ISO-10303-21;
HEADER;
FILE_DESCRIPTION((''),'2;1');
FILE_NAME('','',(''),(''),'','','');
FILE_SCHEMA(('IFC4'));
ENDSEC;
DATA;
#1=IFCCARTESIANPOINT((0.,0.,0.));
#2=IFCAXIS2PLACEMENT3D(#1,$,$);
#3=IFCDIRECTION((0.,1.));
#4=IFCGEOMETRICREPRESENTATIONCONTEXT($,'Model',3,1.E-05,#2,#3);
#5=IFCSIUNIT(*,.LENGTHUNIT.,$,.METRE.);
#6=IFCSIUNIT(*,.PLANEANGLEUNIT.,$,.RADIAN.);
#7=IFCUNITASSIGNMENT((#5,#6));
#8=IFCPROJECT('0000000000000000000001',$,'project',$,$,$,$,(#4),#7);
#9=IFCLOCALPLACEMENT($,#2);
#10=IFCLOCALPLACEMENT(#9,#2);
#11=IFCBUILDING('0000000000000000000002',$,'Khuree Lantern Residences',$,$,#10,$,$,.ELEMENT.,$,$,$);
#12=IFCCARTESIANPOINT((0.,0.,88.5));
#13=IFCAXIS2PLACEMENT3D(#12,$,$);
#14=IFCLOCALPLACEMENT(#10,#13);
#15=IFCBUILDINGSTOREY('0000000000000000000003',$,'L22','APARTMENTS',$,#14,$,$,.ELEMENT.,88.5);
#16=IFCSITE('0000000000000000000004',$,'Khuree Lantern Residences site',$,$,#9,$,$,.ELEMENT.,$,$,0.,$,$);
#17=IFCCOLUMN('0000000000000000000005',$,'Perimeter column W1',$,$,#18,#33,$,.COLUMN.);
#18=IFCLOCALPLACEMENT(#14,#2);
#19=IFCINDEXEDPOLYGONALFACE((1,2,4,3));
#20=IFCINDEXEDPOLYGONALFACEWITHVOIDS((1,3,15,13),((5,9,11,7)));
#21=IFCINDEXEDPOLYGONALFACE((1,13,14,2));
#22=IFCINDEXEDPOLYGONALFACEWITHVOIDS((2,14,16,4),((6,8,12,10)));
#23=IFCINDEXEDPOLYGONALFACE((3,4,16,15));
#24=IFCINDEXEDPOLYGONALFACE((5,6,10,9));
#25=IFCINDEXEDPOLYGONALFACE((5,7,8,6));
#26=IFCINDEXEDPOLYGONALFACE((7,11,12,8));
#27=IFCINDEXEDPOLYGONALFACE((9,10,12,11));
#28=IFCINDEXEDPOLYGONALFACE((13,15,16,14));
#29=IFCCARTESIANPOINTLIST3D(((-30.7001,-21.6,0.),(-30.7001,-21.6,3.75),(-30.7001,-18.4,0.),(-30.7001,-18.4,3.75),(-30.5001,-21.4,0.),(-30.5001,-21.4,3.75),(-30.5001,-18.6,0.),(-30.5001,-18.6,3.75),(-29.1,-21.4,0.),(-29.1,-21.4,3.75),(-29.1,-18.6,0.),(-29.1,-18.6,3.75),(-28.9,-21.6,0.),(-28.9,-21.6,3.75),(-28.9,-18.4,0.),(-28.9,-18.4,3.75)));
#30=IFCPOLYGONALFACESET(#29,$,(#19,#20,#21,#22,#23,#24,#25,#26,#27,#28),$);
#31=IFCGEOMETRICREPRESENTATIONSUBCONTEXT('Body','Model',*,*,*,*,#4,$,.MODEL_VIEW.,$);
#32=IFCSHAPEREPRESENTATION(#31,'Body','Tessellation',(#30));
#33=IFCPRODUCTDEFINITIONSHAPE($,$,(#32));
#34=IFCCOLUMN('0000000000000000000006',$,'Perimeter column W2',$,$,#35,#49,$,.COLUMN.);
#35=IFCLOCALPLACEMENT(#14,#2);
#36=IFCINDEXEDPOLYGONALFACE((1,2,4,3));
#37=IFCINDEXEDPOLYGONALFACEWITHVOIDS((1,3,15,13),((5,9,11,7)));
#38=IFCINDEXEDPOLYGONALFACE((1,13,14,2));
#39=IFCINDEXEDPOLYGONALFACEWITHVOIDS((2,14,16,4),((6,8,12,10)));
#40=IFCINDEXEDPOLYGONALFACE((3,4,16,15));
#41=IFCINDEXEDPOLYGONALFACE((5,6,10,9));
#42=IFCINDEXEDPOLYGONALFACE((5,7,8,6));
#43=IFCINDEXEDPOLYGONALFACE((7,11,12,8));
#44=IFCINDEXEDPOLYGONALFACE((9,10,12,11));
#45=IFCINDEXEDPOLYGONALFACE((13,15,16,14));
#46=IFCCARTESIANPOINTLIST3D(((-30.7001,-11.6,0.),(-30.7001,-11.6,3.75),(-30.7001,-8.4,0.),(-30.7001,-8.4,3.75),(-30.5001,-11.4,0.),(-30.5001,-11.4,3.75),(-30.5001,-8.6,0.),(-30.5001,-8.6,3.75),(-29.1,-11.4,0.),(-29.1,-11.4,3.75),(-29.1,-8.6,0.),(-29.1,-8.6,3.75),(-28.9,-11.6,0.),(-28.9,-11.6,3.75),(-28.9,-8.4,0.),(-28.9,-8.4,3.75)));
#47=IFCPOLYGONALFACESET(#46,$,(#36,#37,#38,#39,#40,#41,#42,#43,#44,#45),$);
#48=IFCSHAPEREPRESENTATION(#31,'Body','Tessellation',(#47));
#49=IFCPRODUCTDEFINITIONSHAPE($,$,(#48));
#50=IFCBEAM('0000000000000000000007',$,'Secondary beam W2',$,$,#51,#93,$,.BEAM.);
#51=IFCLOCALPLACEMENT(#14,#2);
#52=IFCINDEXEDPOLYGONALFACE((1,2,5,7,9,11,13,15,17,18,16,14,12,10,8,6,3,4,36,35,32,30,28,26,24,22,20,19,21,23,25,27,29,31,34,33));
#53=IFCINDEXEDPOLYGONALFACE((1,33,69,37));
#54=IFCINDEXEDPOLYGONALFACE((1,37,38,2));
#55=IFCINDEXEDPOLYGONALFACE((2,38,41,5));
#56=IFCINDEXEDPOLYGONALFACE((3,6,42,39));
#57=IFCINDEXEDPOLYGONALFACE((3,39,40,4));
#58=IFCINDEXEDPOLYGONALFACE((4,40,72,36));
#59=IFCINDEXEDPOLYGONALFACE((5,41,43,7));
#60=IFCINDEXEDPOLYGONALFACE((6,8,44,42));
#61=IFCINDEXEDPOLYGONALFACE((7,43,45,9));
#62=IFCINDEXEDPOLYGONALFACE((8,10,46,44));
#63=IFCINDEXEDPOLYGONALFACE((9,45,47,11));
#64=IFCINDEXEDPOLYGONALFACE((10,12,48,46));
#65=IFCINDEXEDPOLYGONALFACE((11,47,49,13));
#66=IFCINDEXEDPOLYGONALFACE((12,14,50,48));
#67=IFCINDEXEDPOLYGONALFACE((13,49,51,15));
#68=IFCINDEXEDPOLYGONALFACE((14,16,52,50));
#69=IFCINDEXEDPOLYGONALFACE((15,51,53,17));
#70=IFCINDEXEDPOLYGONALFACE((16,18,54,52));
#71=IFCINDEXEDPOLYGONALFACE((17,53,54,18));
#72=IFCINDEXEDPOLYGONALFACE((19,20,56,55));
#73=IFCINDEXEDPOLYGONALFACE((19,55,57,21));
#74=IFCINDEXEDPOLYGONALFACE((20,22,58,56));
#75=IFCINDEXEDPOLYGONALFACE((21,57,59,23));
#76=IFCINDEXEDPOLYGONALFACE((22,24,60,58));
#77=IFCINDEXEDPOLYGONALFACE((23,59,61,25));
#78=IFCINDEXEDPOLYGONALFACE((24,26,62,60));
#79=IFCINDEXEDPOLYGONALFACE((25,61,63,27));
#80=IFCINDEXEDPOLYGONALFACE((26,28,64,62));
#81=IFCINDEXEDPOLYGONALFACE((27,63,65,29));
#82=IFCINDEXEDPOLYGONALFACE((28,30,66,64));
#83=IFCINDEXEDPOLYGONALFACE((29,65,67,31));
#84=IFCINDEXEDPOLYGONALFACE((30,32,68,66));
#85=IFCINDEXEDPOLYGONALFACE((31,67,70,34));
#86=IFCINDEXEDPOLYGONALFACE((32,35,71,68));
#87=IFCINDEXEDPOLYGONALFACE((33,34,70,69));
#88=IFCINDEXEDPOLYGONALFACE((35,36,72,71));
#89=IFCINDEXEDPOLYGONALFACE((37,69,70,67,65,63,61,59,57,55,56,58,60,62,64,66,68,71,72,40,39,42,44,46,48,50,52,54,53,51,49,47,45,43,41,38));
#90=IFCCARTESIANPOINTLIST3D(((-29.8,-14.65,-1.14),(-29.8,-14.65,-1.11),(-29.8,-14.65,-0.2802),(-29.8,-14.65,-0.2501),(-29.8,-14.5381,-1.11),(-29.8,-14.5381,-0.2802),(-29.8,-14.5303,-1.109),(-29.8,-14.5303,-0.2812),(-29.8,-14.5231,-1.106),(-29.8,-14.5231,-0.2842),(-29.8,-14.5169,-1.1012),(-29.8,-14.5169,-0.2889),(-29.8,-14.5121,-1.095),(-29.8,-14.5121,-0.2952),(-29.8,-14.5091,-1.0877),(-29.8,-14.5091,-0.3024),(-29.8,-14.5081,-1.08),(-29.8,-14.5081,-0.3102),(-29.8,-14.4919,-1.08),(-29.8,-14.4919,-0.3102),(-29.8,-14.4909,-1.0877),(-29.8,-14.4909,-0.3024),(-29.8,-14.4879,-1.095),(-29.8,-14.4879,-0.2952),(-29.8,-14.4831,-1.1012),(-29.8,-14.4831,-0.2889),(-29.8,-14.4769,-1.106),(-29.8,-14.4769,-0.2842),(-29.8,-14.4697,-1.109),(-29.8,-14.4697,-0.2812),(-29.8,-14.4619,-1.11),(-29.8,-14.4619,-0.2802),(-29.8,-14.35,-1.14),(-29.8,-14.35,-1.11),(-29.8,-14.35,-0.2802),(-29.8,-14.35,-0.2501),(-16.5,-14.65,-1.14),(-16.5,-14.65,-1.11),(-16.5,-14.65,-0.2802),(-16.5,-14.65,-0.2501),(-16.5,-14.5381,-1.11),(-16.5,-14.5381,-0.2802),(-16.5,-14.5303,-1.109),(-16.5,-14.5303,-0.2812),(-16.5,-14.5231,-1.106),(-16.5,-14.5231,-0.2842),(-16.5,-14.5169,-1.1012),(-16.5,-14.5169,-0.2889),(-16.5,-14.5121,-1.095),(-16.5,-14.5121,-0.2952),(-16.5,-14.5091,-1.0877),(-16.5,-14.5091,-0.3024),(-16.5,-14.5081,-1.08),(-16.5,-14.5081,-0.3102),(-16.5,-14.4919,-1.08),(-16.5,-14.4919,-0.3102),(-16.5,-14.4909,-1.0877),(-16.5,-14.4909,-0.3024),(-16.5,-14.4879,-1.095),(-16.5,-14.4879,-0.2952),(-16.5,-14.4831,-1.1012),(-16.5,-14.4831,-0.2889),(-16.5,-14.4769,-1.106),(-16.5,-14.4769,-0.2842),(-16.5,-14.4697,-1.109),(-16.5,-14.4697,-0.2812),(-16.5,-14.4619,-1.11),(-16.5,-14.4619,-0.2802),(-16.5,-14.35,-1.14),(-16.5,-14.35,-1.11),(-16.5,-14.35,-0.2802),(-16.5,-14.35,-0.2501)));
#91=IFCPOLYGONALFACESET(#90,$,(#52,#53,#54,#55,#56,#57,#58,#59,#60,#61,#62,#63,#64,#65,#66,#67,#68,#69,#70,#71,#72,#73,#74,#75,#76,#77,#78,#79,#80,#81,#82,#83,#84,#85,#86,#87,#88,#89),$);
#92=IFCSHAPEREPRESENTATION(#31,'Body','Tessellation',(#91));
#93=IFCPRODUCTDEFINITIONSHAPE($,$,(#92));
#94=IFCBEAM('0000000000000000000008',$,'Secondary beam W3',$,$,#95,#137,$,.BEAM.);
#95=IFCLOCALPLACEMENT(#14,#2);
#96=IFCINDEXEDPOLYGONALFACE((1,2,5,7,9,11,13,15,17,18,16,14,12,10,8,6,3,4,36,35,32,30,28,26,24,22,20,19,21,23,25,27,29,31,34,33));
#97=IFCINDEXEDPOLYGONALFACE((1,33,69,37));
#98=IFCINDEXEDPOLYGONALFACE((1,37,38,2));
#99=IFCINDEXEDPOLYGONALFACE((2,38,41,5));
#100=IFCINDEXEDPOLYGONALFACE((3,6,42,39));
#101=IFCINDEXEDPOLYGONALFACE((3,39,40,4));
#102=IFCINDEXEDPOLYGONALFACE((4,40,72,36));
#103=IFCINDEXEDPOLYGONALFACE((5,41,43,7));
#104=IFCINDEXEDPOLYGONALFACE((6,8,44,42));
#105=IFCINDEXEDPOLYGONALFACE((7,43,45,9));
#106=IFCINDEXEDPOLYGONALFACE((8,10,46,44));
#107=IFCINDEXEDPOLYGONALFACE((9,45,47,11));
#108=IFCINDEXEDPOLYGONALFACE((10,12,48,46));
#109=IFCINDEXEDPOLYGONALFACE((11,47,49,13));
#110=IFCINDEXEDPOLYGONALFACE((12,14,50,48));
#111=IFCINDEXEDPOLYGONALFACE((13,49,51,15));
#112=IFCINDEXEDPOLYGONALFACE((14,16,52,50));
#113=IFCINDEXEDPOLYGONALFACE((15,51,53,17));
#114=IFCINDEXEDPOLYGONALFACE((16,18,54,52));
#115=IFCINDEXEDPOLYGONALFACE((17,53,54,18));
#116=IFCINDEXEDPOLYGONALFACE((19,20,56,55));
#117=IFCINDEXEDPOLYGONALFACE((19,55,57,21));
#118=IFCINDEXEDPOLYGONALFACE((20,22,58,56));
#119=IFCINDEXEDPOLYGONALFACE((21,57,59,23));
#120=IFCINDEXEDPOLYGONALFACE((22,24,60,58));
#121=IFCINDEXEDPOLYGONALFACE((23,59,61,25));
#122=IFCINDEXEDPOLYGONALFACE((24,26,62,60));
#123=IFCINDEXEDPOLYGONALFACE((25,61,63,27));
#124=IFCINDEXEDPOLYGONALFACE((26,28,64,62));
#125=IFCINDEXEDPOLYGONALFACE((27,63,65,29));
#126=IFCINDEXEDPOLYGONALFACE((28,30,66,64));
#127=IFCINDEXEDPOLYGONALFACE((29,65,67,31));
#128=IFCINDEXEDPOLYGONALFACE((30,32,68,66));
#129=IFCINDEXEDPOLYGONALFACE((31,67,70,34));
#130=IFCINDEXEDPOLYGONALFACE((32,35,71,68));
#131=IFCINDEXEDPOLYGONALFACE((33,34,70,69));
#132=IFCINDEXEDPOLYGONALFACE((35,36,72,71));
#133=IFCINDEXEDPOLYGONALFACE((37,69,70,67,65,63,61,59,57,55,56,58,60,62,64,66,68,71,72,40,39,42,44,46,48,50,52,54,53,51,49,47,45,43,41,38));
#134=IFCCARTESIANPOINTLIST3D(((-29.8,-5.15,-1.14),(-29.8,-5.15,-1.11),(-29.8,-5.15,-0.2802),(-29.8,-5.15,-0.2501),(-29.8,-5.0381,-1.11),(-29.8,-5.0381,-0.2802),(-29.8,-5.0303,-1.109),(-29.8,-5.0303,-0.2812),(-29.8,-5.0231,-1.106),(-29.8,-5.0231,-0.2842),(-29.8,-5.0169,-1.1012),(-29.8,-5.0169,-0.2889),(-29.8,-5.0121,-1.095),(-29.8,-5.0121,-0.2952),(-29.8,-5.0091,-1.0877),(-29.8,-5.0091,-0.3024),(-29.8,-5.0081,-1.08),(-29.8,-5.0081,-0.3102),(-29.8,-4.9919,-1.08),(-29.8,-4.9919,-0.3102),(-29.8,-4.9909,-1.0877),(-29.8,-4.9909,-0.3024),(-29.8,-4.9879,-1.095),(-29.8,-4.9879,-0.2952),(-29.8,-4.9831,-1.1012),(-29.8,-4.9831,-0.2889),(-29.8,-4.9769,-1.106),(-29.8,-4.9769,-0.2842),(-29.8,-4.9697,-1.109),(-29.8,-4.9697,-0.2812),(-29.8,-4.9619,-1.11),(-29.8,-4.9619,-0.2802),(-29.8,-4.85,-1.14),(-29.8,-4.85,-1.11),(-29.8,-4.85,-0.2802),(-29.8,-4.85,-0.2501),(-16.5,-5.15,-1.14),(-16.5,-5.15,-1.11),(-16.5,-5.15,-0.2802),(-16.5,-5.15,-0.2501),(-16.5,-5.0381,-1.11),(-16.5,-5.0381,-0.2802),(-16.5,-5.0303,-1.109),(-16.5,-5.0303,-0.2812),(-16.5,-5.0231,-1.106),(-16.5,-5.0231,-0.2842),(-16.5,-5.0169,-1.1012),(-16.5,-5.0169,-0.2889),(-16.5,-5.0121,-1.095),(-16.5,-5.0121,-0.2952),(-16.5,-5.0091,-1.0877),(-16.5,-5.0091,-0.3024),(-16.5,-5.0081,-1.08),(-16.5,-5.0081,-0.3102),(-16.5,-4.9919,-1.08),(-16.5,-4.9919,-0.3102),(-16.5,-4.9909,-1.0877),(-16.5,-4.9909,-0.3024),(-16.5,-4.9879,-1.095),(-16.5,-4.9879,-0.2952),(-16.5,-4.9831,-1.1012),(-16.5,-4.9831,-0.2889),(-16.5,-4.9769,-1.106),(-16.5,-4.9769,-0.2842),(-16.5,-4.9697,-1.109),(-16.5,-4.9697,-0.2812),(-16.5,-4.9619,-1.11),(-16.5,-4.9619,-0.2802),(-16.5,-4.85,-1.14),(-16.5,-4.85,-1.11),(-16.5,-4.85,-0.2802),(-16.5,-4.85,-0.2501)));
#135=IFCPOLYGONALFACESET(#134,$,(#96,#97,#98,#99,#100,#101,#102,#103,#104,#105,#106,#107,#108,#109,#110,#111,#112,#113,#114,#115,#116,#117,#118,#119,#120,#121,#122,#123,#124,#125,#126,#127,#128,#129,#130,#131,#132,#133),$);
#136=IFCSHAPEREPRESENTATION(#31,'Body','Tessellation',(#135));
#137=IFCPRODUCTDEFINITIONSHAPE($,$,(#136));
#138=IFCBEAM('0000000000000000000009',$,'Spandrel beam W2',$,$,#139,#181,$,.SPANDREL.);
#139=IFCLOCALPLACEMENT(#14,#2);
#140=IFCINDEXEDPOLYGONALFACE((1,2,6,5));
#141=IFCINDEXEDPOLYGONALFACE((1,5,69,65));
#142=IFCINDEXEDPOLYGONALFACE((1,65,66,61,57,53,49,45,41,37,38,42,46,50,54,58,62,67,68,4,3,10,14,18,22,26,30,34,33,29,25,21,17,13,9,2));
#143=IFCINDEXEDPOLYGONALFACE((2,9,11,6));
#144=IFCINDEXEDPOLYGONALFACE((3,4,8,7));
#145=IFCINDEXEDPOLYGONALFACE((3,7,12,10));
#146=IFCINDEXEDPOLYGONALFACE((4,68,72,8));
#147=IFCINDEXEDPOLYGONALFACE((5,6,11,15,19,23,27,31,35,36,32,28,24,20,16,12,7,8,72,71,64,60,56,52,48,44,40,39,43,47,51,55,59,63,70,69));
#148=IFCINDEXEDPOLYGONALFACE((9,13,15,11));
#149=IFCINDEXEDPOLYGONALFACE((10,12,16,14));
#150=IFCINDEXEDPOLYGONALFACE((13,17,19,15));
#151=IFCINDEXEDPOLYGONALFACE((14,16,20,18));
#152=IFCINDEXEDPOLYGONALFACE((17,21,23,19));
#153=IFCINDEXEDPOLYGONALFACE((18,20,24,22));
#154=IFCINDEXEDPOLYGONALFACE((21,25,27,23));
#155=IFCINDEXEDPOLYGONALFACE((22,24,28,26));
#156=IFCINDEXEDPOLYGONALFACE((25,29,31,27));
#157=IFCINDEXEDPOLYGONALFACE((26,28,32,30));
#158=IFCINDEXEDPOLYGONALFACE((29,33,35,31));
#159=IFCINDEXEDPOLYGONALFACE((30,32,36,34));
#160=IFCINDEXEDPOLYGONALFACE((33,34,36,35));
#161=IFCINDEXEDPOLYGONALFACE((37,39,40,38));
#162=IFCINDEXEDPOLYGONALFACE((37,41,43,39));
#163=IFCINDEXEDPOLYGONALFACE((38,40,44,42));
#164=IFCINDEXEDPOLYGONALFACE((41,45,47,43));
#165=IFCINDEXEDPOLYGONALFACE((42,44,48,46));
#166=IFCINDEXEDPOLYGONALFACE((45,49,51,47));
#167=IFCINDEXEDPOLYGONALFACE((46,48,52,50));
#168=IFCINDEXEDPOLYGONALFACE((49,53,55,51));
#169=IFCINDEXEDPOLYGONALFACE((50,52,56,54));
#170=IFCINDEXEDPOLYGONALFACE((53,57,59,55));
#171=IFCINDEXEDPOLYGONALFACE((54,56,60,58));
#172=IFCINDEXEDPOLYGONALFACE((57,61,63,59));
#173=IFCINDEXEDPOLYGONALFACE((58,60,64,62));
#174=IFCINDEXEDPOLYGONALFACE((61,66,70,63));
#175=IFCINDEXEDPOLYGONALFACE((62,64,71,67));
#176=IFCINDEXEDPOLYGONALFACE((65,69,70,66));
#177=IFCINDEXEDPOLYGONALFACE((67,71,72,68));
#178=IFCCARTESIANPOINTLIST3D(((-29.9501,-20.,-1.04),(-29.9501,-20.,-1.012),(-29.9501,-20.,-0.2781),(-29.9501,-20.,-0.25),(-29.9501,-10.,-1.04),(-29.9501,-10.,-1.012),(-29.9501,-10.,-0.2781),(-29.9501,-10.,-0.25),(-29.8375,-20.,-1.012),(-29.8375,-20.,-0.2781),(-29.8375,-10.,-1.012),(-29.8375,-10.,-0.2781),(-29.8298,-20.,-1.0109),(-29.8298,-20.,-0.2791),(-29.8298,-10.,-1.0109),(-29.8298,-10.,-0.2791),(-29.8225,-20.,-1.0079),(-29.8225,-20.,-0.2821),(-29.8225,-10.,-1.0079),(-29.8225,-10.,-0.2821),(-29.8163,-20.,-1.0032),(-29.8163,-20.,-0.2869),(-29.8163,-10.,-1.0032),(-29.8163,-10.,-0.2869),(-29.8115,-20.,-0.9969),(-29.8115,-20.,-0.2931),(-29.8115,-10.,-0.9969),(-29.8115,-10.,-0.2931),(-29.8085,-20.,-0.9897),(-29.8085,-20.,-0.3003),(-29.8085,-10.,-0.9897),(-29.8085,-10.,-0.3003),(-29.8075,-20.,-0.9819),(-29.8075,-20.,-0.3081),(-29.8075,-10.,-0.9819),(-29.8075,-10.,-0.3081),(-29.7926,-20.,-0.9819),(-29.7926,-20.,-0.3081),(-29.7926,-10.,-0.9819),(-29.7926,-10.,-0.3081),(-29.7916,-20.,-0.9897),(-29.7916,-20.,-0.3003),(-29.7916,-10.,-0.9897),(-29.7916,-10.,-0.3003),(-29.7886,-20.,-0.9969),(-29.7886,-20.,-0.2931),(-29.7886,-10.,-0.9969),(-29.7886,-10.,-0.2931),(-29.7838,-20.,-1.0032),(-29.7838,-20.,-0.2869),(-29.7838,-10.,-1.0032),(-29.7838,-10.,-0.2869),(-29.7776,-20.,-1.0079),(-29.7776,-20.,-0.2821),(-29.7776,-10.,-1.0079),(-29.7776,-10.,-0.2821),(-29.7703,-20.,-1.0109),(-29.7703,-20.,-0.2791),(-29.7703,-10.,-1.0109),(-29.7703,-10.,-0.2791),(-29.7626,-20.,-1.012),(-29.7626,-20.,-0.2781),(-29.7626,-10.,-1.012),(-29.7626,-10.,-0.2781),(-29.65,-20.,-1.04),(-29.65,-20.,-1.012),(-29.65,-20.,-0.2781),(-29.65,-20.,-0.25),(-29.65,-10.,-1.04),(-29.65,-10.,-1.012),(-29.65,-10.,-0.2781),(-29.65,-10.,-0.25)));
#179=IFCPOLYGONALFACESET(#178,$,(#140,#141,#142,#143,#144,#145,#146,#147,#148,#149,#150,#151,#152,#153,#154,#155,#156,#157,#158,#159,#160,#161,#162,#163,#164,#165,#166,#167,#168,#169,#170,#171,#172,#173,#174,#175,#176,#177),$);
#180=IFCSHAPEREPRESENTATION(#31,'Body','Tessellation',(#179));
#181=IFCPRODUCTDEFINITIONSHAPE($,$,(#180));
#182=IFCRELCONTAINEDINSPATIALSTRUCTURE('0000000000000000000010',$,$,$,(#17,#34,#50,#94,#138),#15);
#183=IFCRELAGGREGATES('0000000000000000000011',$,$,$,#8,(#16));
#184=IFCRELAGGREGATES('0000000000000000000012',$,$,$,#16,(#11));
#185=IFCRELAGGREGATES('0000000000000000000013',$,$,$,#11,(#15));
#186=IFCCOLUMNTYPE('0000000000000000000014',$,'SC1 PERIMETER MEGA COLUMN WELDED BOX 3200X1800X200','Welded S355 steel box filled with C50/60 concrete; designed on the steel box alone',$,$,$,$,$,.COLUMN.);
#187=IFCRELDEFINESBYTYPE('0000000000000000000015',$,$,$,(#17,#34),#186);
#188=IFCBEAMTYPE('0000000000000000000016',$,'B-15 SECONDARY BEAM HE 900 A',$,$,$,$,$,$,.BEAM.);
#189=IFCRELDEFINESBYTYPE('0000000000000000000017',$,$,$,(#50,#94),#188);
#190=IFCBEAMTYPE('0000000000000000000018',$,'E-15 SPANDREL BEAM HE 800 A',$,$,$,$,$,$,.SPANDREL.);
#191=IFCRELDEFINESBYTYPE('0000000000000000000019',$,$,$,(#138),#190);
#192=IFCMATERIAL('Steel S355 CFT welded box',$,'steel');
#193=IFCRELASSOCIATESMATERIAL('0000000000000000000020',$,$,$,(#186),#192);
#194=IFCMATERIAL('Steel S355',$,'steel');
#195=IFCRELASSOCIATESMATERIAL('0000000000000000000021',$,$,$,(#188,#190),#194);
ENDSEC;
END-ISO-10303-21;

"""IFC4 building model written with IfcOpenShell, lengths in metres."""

from ifc_helpers import new_model, si_unit, direction, frame, origin, origin_2d, place, context, subcontext, project, spatial, hollow_rectangle, i_section, extrude, material, material_profile, profile_set, type_object, element, save


model = new_model("IFC4")

# Units and contexts
model_context = context("Model", 3, precision=1e-05, world=origin(), true_north=direction((0.0, 1.0)))
body_context = subcontext(model_context, "Body", "Model", "MODEL_VIEW")
ifc_project = project(units=[si_unit("LENGTHUNIT", "METRE"), si_unit("PLANEANGLEUNIT", "RADIAN")], contexts=[model_context])

# Site, building, storey
site_placement = place(None, origin())
site = spatial("IfcSite", under=ifc_project, at=site_placement, Name="Khuree Lantern Residences site", CompositionType="ELEMENT", RefElevation=0.0)
building_placement = place(site_placement, origin())
building = spatial("IfcBuilding", under=site, at=building_placement, Name="Khuree Lantern Residences", CompositionType="ELEMENT")
storey_placement = place(building_placement, frame((0.0, 0.0, 88.5)))
storey = spatial("IfcBuildingStorey", under=building, at=storey_placement, Name="L22", Description="APARTMENTS", CompositionType="ELEMENT", Elevation=88.5)

# Columns
ifc_material_1 = material(Name="Steel S355 CFT welded box", Category="steel")
ifc_material_profile_1 = material_profile(ifc_material_1, hollow_rectangle(XDim=3.2, YDim=1.8, WallThickness=0.2, at=origin_2d()), Name="WELDED BOX 3200X1800X200")
ifc_profile_set_1 = profile_set([ifc_material_profile_1], Name="Steel S355 CFT welded box")
column_type = type_object("IfcColumnType", Name="SC1 PERIMETER MEGA COLUMN WELDED BOX 3200X1800X200", Description="Welded S355 steel box filled with C50/60 concrete; designed on the steel box alone", PredefinedType="COLUMN", material=ifc_profile_set_1)
for number, where, z_axis, x_axis, name in (
    (1, (-29.8, -20.0, 0.0), (0.0, 0.0, 1.0), (0.0, 1.0, 0.0), "Perimeter column W1"),
    (2, (-29.8, -10.0, 0.0), (0.0, 0.0, 1.0), (0.0, 1.0, 0.0), "Perimeter column W2"),
):
    element("IfcColumn", number, at=place(storey_placement, frame(where, z_axis=z_axis, x_axis=x_axis)), inside=storey, type_object=column_type, Name=name, PredefinedType="COLUMN", context=body_context, shape_type="SweptSolid", body=[
        extrude(hollow_rectangle(XDim=3.2, YDim=1.8, WallThickness=0.2, at=origin_2d()), origin(), (0.0, 0.0, 1.0), 3.75),
    ])

# Beams
ifc_material_2 = material(Name="Steel S355", Category="steel")
ifc_material_profile_2 = material_profile(ifc_material_2, i_section(OverallWidth=0.3, OverallDepth=0.8899, WebThickness=0.0161, FlangeThickness=0.03, FilletRadius=0.03, at=origin_2d()), Name="HE 900 A")
ifc_profile_set_2 = profile_set([ifc_material_profile_2], Name="Steel S355")
beam_type_1 = type_object("IfcBeamType", Name="B-15 SECONDARY BEAM HE 900 A", PredefinedType="BEAM", material=ifc_profile_set_2)
for number, where, z_axis, x_axis, name in (
    (3, (-29.8, -14.5, -0.6951), (1.0, 0.0, 0.0), (0.0, 1.0, 0.0), "Secondary beam W2"),
    (4, (-29.8, -5.0, -0.6951), (1.0, 0.0, 0.0), (0.0, 1.0, 0.0), "Secondary beam W3"),
):
    element("IfcBeam", number, at=place(storey_placement, frame(where, z_axis=z_axis, x_axis=x_axis)), inside=storey, type_object=beam_type_1, Name=name, PredefinedType="BEAM", context=body_context, shape_type="SweptSolid", body=[
        extrude(i_section(OverallWidth=0.3, OverallDepth=0.8899, WebThickness=0.0161, FlangeThickness=0.03, FilletRadius=0.03, at=origin_2d()), origin(), (0.0, 0.0, 1.0), 13.3),
    ])
ifc_material_profile_3 = material_profile(ifc_material_2, i_section(OverallWidth=0.3, OverallDepth=0.79, WebThickness=0.0149, FlangeThickness=0.0281, FilletRadius=0.03, at=origin_2d()), Name="HE 800 A")
ifc_profile_set_3 = profile_set([ifc_material_profile_3], Name="Steel S355")
beam_type_2 = type_object("IfcBeamType", Name="E-15 SPANDREL BEAM HE 800 A", PredefinedType="SPANDREL", material=ifc_profile_set_3)
for number, where, z_axis, x_axis, name in (
    (5, (-29.8, -20.0, -0.645), (0.0, 1.0, 0.0), (-1.0, 0.0, 0.0), "Spandrel beam W2"),
):
    element("IfcBeam", number, at=place(storey_placement, frame(where, z_axis=z_axis, x_axis=x_axis)), inside=storey, type_object=beam_type_2, Name=name, PredefinedType="SPANDREL", context=body_context, shape_type="SweptSolid", body=[
        extrude(i_section(OverallWidth=0.3, OverallDepth=0.79, WebThickness=0.0149, FlangeThickness=0.0281, FilletRadius=0.03, at=origin_2d()), origin(), (0.0, 0.0, 1.0), 10.0),
    ])

save(model, "model.ifc")
